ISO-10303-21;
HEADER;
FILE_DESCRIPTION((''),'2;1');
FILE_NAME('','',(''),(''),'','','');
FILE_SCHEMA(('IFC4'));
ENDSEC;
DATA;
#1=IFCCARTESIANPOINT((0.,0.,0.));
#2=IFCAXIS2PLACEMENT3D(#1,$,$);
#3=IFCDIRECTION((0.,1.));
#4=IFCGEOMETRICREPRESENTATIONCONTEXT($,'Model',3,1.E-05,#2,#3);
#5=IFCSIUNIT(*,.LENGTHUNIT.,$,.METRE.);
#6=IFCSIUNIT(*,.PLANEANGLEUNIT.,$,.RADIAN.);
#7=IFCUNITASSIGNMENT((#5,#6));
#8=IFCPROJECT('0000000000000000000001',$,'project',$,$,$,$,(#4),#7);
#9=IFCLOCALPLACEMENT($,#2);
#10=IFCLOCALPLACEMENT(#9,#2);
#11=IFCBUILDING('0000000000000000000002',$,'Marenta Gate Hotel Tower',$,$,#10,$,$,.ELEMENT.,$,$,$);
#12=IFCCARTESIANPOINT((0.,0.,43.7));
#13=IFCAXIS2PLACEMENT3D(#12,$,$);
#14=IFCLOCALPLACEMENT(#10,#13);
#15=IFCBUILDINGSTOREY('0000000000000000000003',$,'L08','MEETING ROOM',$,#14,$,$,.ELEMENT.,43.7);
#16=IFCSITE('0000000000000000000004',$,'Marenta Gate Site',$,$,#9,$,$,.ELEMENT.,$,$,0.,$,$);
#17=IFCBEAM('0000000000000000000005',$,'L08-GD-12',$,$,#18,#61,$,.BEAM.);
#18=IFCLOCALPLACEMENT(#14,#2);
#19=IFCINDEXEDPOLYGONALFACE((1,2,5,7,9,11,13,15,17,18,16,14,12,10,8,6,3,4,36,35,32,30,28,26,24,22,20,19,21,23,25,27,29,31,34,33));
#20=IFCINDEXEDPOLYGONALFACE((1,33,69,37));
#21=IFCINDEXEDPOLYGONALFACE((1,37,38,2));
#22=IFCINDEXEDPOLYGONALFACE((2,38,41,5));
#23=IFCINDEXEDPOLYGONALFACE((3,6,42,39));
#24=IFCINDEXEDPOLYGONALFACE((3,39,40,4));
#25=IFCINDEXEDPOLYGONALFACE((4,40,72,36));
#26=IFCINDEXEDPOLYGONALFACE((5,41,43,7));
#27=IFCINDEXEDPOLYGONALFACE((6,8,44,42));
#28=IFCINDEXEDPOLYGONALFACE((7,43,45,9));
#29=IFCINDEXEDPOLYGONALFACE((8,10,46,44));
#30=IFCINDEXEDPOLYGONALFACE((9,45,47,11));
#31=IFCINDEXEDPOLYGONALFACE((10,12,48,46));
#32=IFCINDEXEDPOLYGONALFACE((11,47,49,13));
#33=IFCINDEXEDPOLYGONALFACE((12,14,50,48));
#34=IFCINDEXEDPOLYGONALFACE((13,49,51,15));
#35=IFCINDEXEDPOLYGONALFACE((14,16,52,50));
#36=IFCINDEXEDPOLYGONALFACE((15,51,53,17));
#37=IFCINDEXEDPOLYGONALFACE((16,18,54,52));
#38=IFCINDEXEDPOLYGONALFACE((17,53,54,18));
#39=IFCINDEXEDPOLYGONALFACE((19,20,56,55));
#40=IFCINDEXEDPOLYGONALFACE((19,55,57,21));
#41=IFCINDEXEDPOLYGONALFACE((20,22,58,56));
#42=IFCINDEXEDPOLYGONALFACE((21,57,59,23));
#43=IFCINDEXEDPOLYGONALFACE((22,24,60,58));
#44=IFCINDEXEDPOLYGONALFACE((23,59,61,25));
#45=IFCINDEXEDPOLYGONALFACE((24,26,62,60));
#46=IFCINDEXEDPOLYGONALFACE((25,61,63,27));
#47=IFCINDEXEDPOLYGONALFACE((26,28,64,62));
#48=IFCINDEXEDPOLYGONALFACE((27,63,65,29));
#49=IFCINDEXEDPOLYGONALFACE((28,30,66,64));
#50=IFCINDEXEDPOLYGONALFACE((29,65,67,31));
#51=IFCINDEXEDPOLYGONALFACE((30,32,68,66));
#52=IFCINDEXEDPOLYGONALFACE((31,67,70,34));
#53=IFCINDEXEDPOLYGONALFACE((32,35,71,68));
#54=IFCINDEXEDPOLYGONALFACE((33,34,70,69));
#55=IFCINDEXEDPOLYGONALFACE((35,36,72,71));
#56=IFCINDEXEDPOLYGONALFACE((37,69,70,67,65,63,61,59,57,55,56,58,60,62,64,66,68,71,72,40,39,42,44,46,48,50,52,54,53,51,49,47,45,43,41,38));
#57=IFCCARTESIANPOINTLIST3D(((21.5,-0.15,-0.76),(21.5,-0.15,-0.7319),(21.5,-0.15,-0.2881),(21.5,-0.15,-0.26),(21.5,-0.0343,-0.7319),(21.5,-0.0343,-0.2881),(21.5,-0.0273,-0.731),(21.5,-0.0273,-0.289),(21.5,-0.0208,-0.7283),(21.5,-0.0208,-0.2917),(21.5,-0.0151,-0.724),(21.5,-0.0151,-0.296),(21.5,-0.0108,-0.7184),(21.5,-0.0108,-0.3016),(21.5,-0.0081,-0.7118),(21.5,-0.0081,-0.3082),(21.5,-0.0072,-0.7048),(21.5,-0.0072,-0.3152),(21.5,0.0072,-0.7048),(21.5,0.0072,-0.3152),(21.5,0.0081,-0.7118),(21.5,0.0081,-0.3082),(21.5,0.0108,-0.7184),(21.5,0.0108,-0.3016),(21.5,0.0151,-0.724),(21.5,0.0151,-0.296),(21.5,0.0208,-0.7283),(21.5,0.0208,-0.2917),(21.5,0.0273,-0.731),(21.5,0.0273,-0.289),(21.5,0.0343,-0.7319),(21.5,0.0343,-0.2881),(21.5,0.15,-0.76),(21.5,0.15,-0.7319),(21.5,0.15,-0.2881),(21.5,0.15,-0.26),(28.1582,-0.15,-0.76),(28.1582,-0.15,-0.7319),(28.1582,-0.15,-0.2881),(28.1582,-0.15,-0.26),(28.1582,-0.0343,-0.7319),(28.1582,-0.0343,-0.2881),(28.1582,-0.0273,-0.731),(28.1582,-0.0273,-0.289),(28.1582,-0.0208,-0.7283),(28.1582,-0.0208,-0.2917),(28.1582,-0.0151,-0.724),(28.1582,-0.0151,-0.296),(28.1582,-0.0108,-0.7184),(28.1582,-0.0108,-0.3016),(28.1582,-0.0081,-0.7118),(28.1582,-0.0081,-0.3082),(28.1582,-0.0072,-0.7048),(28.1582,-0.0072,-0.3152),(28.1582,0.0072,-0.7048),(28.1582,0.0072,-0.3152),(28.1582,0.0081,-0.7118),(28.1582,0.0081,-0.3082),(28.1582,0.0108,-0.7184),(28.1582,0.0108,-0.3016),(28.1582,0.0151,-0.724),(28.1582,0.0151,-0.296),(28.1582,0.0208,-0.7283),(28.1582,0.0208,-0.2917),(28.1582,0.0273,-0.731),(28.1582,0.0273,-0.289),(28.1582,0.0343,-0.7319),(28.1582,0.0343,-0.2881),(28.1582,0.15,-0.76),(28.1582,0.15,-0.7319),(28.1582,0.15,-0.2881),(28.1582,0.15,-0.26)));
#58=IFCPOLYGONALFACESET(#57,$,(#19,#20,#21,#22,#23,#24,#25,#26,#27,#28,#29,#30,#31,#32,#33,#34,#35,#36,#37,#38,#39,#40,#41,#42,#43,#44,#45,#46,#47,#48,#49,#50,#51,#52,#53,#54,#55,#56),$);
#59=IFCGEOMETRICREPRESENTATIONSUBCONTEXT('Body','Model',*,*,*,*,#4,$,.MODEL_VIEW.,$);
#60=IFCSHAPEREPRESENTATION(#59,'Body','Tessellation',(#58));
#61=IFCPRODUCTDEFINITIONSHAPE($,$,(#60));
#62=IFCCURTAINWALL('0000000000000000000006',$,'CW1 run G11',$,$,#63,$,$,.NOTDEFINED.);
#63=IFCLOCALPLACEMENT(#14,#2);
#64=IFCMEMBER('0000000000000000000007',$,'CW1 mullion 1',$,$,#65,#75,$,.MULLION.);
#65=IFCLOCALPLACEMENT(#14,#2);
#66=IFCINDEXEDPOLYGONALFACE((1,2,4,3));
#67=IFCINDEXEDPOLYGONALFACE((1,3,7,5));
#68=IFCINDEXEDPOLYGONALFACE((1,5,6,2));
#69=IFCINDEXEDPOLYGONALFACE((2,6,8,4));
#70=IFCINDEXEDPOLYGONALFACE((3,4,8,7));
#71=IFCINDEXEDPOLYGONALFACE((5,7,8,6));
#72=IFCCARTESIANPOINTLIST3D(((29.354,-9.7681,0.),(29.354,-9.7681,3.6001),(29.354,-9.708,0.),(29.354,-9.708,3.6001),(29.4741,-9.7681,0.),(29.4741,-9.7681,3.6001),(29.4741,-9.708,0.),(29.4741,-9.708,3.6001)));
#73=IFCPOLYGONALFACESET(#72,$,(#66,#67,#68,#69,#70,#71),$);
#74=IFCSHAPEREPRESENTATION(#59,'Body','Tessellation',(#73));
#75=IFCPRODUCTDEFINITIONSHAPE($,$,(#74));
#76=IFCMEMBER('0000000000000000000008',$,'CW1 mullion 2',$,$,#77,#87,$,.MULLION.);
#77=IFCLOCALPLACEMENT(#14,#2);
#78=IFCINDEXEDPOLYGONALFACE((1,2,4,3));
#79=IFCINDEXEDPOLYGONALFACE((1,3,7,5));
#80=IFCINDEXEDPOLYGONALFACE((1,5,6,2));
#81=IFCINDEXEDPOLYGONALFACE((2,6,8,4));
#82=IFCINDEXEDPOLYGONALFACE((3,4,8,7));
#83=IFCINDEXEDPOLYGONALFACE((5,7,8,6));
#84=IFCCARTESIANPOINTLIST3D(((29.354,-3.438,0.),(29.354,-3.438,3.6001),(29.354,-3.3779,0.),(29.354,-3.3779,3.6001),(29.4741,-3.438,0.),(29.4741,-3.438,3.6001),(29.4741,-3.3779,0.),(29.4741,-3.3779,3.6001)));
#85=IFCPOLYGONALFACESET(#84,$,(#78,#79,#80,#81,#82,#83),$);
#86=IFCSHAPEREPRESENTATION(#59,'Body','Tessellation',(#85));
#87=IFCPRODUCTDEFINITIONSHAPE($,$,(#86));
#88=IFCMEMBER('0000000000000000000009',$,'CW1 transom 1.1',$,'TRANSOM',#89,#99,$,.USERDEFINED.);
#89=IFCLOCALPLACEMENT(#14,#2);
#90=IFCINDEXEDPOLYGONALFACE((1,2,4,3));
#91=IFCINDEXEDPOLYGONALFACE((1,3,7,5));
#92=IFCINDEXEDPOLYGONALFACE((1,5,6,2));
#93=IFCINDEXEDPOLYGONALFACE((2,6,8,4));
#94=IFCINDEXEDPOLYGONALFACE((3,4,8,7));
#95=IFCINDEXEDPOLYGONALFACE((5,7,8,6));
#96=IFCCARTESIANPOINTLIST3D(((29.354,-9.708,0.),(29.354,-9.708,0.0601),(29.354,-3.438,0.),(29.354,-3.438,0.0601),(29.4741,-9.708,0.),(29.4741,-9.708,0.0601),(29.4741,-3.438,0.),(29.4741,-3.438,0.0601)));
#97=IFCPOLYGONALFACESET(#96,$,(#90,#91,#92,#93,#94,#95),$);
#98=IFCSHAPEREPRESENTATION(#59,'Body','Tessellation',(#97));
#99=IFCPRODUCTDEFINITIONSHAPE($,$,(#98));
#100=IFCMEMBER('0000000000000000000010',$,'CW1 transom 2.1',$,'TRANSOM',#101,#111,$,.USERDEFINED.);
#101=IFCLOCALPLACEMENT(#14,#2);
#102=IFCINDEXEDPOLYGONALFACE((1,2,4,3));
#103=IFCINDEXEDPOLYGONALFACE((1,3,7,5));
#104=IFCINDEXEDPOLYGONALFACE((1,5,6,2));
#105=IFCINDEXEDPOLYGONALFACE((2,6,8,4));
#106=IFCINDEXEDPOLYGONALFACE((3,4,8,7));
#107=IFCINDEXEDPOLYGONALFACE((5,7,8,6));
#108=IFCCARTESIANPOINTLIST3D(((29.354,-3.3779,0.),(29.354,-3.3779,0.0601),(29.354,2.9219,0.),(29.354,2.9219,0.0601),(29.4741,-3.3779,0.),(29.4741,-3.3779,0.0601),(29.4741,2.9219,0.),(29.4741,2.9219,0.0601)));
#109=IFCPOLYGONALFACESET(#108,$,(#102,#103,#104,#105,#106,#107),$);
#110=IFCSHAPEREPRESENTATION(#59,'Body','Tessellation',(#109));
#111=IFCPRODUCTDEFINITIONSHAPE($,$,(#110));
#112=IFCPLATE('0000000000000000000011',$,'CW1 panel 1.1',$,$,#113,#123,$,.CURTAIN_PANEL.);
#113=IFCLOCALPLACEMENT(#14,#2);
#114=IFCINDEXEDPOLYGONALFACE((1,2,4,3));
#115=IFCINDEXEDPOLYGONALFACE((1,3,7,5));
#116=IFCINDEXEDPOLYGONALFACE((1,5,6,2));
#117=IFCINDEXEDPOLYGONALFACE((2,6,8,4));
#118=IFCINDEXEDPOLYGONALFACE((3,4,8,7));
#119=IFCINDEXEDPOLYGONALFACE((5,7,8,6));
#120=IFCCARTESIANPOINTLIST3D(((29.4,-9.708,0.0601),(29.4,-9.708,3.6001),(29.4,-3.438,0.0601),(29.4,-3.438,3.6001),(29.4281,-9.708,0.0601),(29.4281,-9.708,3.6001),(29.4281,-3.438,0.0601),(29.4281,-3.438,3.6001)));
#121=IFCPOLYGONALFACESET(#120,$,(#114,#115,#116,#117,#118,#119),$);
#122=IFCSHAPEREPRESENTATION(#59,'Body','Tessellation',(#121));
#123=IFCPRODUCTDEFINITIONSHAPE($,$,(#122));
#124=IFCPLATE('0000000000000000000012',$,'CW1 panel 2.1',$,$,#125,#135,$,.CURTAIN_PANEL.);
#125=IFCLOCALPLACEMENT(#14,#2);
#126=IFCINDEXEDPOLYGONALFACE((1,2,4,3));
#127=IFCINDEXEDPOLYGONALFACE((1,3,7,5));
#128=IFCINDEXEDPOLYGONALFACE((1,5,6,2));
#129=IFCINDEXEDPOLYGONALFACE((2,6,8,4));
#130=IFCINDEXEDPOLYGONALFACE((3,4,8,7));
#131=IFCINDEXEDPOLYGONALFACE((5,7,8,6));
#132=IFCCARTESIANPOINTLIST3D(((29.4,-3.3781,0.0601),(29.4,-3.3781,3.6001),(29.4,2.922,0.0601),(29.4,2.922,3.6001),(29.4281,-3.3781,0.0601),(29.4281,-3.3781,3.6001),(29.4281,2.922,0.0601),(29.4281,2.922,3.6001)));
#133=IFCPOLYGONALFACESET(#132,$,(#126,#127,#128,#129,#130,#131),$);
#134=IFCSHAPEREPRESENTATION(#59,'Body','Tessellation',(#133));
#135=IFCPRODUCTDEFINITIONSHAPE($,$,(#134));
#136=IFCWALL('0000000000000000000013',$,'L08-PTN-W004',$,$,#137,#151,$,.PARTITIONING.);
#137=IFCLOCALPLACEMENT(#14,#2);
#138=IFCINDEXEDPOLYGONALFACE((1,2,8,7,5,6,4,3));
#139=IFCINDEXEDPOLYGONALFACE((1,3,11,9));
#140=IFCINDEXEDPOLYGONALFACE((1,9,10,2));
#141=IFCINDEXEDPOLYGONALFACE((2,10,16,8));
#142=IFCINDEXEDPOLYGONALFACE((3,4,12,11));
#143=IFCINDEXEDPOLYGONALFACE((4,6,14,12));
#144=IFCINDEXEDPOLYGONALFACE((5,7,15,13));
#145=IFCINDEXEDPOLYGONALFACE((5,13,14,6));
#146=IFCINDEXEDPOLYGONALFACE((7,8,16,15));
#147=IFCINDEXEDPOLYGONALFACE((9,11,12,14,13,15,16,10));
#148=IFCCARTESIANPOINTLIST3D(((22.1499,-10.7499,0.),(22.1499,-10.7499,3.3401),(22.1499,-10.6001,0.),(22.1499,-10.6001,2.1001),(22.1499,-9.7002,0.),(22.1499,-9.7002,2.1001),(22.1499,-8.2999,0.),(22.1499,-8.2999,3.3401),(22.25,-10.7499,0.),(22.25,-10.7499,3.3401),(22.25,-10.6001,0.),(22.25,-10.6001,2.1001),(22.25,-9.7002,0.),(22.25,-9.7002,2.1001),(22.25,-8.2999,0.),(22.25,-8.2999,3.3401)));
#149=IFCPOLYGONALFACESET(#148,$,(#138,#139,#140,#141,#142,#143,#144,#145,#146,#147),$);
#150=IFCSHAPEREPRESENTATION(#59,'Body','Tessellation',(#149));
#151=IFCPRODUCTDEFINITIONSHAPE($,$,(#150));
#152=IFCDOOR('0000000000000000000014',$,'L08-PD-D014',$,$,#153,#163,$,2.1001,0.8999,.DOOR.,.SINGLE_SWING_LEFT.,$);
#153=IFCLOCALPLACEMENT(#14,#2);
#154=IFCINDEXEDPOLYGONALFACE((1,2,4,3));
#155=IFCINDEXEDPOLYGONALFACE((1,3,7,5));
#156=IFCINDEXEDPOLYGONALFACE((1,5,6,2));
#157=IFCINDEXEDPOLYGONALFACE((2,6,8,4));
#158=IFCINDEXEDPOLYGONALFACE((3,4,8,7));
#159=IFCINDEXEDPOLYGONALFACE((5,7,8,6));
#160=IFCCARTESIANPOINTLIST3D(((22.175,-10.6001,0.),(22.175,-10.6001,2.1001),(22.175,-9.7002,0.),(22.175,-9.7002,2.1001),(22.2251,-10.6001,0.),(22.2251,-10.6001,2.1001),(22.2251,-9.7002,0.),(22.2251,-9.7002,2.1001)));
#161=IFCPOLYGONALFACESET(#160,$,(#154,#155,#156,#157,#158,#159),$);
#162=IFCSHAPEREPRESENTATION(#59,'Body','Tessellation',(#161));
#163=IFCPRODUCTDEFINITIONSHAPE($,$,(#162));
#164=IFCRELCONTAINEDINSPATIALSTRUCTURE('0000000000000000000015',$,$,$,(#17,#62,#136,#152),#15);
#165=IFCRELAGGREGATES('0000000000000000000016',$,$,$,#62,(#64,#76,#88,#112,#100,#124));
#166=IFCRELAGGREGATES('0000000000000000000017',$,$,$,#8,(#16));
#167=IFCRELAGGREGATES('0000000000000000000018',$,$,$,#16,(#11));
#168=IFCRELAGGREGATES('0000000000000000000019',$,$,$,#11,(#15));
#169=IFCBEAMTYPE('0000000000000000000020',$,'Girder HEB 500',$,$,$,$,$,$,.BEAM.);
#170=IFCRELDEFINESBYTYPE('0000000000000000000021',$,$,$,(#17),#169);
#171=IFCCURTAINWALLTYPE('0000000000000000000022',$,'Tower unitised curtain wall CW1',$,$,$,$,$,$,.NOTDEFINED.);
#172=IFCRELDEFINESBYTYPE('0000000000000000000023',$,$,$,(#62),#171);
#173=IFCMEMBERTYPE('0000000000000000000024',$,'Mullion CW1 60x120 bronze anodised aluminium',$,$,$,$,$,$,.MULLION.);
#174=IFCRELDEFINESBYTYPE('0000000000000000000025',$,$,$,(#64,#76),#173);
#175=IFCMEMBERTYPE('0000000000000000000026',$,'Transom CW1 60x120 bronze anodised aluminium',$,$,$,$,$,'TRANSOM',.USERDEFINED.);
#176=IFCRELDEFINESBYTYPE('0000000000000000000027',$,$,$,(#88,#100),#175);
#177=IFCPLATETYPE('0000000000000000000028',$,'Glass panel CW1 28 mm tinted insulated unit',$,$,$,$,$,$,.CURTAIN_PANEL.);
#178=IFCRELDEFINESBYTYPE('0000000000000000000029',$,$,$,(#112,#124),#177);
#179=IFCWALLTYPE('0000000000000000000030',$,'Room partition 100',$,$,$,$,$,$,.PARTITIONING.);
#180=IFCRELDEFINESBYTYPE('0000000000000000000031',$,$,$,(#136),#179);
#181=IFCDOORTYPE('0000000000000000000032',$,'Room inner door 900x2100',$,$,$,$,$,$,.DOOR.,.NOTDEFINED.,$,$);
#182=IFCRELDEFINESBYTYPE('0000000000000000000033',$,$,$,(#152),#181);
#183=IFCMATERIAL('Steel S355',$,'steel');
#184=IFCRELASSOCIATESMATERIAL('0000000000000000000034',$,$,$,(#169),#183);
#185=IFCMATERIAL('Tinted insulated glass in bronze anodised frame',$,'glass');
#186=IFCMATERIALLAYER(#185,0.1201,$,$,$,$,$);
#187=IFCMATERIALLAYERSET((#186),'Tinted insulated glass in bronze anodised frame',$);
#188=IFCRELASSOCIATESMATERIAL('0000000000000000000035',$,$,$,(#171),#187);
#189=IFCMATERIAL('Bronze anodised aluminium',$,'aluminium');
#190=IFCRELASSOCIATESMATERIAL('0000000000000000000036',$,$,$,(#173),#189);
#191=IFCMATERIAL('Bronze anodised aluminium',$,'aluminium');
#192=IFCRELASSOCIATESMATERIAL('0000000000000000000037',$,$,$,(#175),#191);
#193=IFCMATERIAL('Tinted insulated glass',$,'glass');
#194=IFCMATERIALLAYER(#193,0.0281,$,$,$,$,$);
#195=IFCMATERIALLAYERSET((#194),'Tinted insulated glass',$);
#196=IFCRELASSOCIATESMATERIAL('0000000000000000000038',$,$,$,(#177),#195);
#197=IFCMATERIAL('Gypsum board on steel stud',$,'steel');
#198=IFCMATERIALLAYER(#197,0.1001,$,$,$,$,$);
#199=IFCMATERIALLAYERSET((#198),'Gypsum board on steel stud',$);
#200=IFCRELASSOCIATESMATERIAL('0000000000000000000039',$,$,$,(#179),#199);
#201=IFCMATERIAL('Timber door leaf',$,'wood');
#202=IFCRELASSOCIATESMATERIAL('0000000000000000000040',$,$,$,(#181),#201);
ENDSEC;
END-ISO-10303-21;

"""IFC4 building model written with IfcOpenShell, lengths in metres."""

from ifc_helpers import new_model, si_unit, direction, frame, frame_2d, origin, origin_2d, place, context, subcontext, project, spatial, rectangle, i_section, extrude, material, layer, layer_set, material_profile, profile_set, type_object, element, fill, aggregate, save


model = new_model("IFC4")

# Units and contexts
model_context = context("Model", 3, precision=1e-05, world=origin(), true_north=direction((0.0, 1.0)))
body_context = subcontext(model_context, "Body", "Model", "MODEL_VIEW")
ifc_project = project(units=[si_unit("LENGTHUNIT", "METRE"), si_unit("PLANEANGLEUNIT", "RADIAN")], contexts=[model_context])

# Site, building, storey
site_placement = place(None, origin())
site = spatial("IfcSite", under=ifc_project, at=site_placement, Name="Marenta Gate Site", CompositionType="ELEMENT", RefElevation=0.0)
building_placement = place(site_placement, origin())
building = spatial("IfcBuilding", under=site, at=building_placement, Name="Marenta Gate Hotel Tower", CompositionType="ELEMENT")
storey_placement = place(building_placement, frame((0.0, 0.0, 43.7)))
storey = spatial("IfcBuildingStorey", under=building, at=storey_placement, Name="L08", Description="MEETING ROOM", CompositionType="ELEMENT", Elevation=43.7)

# Beam
ifc_material_1 = material(Name="Steel S355", Category="steel")
ifc_material_profile_1 = material_profile(ifc_material_1, i_section(OverallWidth=0.3, OverallDepth=0.5, WebThickness=0.0144, FlangeThickness=0.0281, FilletRadius=0.0271, at=origin_2d()), Name="HEB 500")
ifc_profile_set_1 = profile_set([ifc_material_profile_1], Name="Steel S355")
beam_type_1 = type_object("IfcBeamType", Name="Girder HEB 500", PredefinedType="BEAM", material=ifc_profile_set_1)
beam_1_placement = place(storey_placement, frame((21.5, 0.0, -0.51), z_axis=(1.0, 0.0, 0.0), x_axis=(0.0, 1.0, 0.0)))
element("IfcBeam", 1, at=beam_1_placement, inside=storey, type_object=beam_type_1, Name="L08-GD-12", PredefinedType="BEAM", context=body_context, shape_type="SweptSolid", body=[
    extrude(i_section(OverallWidth=0.3, OverallDepth=0.5, WebThickness=0.0144, FlangeThickness=0.0281, FilletRadius=0.0271, at=origin_2d()), origin(), (0.0, 0.0, 1.0), 6.6582),
])

# Curtain wall, members, plates
ifc_material_2 = material(Name="Tinted insulated glass in bronze anodised frame", Category="glass")
ifc_layer_1 = layer(ifc_material_2, 0.1201)
ifc_layer_set_1 = layer_set([ifc_layer_1], Name="Tinted insulated glass in bronze anodised frame")
curtain_wall_type = type_object("IfcCurtainWallType", Name="Tower unitised curtain wall CW1", PredefinedType="NOTDEFINED", material=ifc_layer_set_1)
curtain_wall_placement = place(storey_placement, origin())
curtain_wall = element("IfcCurtainWall", 2, at=curtain_wall_placement, inside=storey, type_object=curtain_wall_type, Name="CW1 run G11", PredefinedType="NOTDEFINED")
ifc_material_3 = material(Name="Bronze anodised aluminium", Category="aluminium")
ifc_material_profile_2 = material_profile(ifc_material_3, rectangle(XDim=0.1201, YDim=0.0601, at=origin_2d()), Name="Mullion CW1 60x120 bronze anodised aluminium")
ifc_profile_set_2 = profile_set([ifc_material_profile_2], Name="Bronze anodised aluminium")
member_type_1 = type_object("IfcMemberType", Name="Mullion CW1 60x120 bronze anodised aluminium", PredefinedType="MULLION", material=ifc_profile_set_2)
member_1_placement = place(storey_placement, frame((29.4141, -9.738, 0.0), z_axis=(0.0, 0.0, 1.0), x_axis=(-1.0, 0.0, 0.0)))
member_1 = element("IfcMember", 3, at=member_1_placement, type_object=member_type_1, Name="CW1 mullion 1", PredefinedType="MULLION", context=body_context, shape_type="SweptSolid", body=[
    extrude(rectangle(XDim=0.1201, YDim=0.0601, at=origin_2d()), origin(), (0.0, 0.0, 1.0), 3.6001),
])
member_2_placement = place(storey_placement, frame((29.4141, -3.408, 0.0), z_axis=(0.0, 0.0, 1.0), x_axis=(-1.0, 0.0, 0.0)))
member_2 = element("IfcMember", 4, at=member_2_placement, type_object=member_type_1, Name="CW1 mullion 2", PredefinedType="MULLION", context=body_context, shape_type="SweptSolid", body=[
    extrude(rectangle(XDim=0.1201, YDim=0.0601, at=origin_2d()), origin(), (0.0, 0.0, 1.0), 3.6001),
])
ifc_material_4 = material(Name="Bronze anodised aluminium", Category="aluminium")
ifc_material_profile_3 = material_profile(ifc_material_4, rectangle(XDim=0.1201, YDim=0.0601, at=origin_2d()), Name="Transom CW1 60x120 bronze anodised aluminium")
ifc_profile_set_3 = profile_set([ifc_material_profile_3], Name="Bronze anodised aluminium")
member_type_2 = type_object("IfcMemberType", Name="Transom CW1 60x120 bronze anodised aluminium", ElementType="TRANSOM", PredefinedType="USERDEFINED", material=ifc_profile_set_3)
member_3_placement = place(storey_placement, frame((29.4141, -9.708, 0.03), z_axis=(0.0, 1.0, 0.0), x_axis=(-1.0, 0.0, 0.0)))
member_3 = element("IfcMember", 5, at=member_3_placement, type_object=member_type_2, Name="CW1 transom 1.1", ObjectType="TRANSOM", PredefinedType="USERDEFINED", context=body_context, shape_type="SweptSolid", body=[
    extrude(rectangle(XDim=0.1201, YDim=0.0601, at=origin_2d()), origin(), (0.0, 0.0, 1.0), 6.27),
])
member_4_placement = place(storey_placement, frame((29.4141, -3.3779, 0.03), z_axis=(0.0, 1.0, 0.0), x_axis=(-1.0, 0.0, 0.0)))
member_4 = element("IfcMember", 6, at=member_4_placement, type_object=member_type_2, Name="CW1 transom 2.1", ObjectType="TRANSOM", PredefinedType="USERDEFINED", context=body_context, shape_type="SweptSolid", body=[
    extrude(rectangle(XDim=0.1201, YDim=0.0601, at=origin_2d()), origin(), (0.0, 0.0, 1.0), 6.2998),
])
ifc_material_5 = material(Name="Tinted insulated glass", Category="glass")
ifc_layer_2 = layer(ifc_material_5, 0.0281)
ifc_layer_set_2 = layer_set([ifc_layer_2], Name="Tinted insulated glass")
plate_type = type_object("IfcPlateType", Name="Glass panel CW1 28 mm tinted insulated unit", PredefinedType="CURTAIN_PANEL", material=ifc_layer_set_2)
plate_1_placement = place(storey_placement, frame((29.4141, -6.573, 0.0601), z_axis=(0.0, 0.0, 1.0), x_axis=(0.0, 1.0, 0.0)))
plate_1 = element("IfcPlate", 7, at=plate_1_placement, type_object=plate_type, Name="CW1 panel 1.1", PredefinedType="CURTAIN_PANEL", context=body_context, shape_type="SweptSolid", body=[
    extrude(rectangle(XDim=6.27, YDim=0.0281, at=origin_2d()), origin(), (0.0, 0.0, 1.0), 3.54),
])
plate_2_placement = place(storey_placement, frame((29.4141, -0.228, 0.0601), z_axis=(0.0, 0.0, 1.0), x_axis=(0.0, 1.0, 0.0)))
plate_2 = element("IfcPlate", 8, at=plate_2_placement, type_object=plate_type, Name="CW1 panel 2.1", PredefinedType="CURTAIN_PANEL", context=body_context, shape_type="SweptSolid", body=[
    extrude(rectangle(XDim=6.3, YDim=0.0281, at=origin_2d()), origin(), (0.0, 0.0, 1.0), 3.54),
])
aggregate(curtain_wall, [member_1, member_2, member_3, plate_1, member_4, plate_2])

# Wall, opening, door
ifc_material_6 = material(Name="Gypsum board on steel stud", Category="steel")
ifc_layer_3 = layer(ifc_material_6, 0.1001)
ifc_layer_set_3 = layer_set([ifc_layer_3], Name="Gypsum board on steel stud")
wall_type = type_object("IfcWallType", Name="Room partition 100", PredefinedType="PARTITIONING", material=ifc_layer_set_3)
wall_1_placement = place(storey_placement, frame((22.2, -10.75, 0.0), z_axis=(0.0, 0.0, 1.0), x_axis=(0.0, 1.0, 0.0)))
wall_1 = element("IfcWall", 9, at=wall_1_placement, inside=storey, type_object=wall_type, Name="L08-PTN-W004", PredefinedType="PARTITIONING", context=body_context, shape_type="SweptSolid", body=[
    extrude(rectangle(XDim=2.45, YDim=0.1001, at=frame_2d((1.2251, 0.0))), origin(), (0.0, 0.0, 1.0), 3.3401),
])
opening_1_placement = place(wall_1_placement, frame((0.1499, 0.0, 0.0)))
opening_1 = element("IfcOpeningElement", 10, at=opening_1_placement, cuts=wall_1, PredefinedType="OPENING", context=body_context, shape_type="SweptSolid", body=[
    extrude(rectangle(XDim=0.8999, YDim=2.1001, at=frame_2d((0.45, 1.05))), frame((0.0, 0.05, 0.0), z_axis=(0.0, -1.0, 0.0), x_axis=(1.0, 0.0, 0.0)), (0.0, 0.0, 1.0), 0.1001),
])
ifc_material_7 = material(Name="Timber door leaf", Category="wood")
door_type_1 = type_object("IfcDoorType", Name="Room inner door 900x2100", OperationType="NOTDEFINED", PredefinedType="DOOR", material=ifc_material_7)
door_1_placement = place(opening_1_placement, origin())
door_1 = element("IfcDoor", 11, at=door_1_placement, inside=storey, type_object=door_type_1, Name="L08-PD-D014", OperationType="SINGLE_SWING_LEFT", OverallHeight=2.1001, OverallWidth=0.8999, PredefinedType="DOOR", context=body_context, shape_type="SweptSolid", body=[
    extrude(rectangle(XDim=0.8999, YDim=2.1001, at=frame_2d((0.45, 1.05))), frame((0.0, 0.0249, 0.0), z_axis=(0.0, -1.0, 0.0), x_axis=(1.0, 0.0, 0.0)), (0.0, 0.0, 1.0), 0.05),
])
fill(opening_1, door_1)

save(model, "model.ifc")
